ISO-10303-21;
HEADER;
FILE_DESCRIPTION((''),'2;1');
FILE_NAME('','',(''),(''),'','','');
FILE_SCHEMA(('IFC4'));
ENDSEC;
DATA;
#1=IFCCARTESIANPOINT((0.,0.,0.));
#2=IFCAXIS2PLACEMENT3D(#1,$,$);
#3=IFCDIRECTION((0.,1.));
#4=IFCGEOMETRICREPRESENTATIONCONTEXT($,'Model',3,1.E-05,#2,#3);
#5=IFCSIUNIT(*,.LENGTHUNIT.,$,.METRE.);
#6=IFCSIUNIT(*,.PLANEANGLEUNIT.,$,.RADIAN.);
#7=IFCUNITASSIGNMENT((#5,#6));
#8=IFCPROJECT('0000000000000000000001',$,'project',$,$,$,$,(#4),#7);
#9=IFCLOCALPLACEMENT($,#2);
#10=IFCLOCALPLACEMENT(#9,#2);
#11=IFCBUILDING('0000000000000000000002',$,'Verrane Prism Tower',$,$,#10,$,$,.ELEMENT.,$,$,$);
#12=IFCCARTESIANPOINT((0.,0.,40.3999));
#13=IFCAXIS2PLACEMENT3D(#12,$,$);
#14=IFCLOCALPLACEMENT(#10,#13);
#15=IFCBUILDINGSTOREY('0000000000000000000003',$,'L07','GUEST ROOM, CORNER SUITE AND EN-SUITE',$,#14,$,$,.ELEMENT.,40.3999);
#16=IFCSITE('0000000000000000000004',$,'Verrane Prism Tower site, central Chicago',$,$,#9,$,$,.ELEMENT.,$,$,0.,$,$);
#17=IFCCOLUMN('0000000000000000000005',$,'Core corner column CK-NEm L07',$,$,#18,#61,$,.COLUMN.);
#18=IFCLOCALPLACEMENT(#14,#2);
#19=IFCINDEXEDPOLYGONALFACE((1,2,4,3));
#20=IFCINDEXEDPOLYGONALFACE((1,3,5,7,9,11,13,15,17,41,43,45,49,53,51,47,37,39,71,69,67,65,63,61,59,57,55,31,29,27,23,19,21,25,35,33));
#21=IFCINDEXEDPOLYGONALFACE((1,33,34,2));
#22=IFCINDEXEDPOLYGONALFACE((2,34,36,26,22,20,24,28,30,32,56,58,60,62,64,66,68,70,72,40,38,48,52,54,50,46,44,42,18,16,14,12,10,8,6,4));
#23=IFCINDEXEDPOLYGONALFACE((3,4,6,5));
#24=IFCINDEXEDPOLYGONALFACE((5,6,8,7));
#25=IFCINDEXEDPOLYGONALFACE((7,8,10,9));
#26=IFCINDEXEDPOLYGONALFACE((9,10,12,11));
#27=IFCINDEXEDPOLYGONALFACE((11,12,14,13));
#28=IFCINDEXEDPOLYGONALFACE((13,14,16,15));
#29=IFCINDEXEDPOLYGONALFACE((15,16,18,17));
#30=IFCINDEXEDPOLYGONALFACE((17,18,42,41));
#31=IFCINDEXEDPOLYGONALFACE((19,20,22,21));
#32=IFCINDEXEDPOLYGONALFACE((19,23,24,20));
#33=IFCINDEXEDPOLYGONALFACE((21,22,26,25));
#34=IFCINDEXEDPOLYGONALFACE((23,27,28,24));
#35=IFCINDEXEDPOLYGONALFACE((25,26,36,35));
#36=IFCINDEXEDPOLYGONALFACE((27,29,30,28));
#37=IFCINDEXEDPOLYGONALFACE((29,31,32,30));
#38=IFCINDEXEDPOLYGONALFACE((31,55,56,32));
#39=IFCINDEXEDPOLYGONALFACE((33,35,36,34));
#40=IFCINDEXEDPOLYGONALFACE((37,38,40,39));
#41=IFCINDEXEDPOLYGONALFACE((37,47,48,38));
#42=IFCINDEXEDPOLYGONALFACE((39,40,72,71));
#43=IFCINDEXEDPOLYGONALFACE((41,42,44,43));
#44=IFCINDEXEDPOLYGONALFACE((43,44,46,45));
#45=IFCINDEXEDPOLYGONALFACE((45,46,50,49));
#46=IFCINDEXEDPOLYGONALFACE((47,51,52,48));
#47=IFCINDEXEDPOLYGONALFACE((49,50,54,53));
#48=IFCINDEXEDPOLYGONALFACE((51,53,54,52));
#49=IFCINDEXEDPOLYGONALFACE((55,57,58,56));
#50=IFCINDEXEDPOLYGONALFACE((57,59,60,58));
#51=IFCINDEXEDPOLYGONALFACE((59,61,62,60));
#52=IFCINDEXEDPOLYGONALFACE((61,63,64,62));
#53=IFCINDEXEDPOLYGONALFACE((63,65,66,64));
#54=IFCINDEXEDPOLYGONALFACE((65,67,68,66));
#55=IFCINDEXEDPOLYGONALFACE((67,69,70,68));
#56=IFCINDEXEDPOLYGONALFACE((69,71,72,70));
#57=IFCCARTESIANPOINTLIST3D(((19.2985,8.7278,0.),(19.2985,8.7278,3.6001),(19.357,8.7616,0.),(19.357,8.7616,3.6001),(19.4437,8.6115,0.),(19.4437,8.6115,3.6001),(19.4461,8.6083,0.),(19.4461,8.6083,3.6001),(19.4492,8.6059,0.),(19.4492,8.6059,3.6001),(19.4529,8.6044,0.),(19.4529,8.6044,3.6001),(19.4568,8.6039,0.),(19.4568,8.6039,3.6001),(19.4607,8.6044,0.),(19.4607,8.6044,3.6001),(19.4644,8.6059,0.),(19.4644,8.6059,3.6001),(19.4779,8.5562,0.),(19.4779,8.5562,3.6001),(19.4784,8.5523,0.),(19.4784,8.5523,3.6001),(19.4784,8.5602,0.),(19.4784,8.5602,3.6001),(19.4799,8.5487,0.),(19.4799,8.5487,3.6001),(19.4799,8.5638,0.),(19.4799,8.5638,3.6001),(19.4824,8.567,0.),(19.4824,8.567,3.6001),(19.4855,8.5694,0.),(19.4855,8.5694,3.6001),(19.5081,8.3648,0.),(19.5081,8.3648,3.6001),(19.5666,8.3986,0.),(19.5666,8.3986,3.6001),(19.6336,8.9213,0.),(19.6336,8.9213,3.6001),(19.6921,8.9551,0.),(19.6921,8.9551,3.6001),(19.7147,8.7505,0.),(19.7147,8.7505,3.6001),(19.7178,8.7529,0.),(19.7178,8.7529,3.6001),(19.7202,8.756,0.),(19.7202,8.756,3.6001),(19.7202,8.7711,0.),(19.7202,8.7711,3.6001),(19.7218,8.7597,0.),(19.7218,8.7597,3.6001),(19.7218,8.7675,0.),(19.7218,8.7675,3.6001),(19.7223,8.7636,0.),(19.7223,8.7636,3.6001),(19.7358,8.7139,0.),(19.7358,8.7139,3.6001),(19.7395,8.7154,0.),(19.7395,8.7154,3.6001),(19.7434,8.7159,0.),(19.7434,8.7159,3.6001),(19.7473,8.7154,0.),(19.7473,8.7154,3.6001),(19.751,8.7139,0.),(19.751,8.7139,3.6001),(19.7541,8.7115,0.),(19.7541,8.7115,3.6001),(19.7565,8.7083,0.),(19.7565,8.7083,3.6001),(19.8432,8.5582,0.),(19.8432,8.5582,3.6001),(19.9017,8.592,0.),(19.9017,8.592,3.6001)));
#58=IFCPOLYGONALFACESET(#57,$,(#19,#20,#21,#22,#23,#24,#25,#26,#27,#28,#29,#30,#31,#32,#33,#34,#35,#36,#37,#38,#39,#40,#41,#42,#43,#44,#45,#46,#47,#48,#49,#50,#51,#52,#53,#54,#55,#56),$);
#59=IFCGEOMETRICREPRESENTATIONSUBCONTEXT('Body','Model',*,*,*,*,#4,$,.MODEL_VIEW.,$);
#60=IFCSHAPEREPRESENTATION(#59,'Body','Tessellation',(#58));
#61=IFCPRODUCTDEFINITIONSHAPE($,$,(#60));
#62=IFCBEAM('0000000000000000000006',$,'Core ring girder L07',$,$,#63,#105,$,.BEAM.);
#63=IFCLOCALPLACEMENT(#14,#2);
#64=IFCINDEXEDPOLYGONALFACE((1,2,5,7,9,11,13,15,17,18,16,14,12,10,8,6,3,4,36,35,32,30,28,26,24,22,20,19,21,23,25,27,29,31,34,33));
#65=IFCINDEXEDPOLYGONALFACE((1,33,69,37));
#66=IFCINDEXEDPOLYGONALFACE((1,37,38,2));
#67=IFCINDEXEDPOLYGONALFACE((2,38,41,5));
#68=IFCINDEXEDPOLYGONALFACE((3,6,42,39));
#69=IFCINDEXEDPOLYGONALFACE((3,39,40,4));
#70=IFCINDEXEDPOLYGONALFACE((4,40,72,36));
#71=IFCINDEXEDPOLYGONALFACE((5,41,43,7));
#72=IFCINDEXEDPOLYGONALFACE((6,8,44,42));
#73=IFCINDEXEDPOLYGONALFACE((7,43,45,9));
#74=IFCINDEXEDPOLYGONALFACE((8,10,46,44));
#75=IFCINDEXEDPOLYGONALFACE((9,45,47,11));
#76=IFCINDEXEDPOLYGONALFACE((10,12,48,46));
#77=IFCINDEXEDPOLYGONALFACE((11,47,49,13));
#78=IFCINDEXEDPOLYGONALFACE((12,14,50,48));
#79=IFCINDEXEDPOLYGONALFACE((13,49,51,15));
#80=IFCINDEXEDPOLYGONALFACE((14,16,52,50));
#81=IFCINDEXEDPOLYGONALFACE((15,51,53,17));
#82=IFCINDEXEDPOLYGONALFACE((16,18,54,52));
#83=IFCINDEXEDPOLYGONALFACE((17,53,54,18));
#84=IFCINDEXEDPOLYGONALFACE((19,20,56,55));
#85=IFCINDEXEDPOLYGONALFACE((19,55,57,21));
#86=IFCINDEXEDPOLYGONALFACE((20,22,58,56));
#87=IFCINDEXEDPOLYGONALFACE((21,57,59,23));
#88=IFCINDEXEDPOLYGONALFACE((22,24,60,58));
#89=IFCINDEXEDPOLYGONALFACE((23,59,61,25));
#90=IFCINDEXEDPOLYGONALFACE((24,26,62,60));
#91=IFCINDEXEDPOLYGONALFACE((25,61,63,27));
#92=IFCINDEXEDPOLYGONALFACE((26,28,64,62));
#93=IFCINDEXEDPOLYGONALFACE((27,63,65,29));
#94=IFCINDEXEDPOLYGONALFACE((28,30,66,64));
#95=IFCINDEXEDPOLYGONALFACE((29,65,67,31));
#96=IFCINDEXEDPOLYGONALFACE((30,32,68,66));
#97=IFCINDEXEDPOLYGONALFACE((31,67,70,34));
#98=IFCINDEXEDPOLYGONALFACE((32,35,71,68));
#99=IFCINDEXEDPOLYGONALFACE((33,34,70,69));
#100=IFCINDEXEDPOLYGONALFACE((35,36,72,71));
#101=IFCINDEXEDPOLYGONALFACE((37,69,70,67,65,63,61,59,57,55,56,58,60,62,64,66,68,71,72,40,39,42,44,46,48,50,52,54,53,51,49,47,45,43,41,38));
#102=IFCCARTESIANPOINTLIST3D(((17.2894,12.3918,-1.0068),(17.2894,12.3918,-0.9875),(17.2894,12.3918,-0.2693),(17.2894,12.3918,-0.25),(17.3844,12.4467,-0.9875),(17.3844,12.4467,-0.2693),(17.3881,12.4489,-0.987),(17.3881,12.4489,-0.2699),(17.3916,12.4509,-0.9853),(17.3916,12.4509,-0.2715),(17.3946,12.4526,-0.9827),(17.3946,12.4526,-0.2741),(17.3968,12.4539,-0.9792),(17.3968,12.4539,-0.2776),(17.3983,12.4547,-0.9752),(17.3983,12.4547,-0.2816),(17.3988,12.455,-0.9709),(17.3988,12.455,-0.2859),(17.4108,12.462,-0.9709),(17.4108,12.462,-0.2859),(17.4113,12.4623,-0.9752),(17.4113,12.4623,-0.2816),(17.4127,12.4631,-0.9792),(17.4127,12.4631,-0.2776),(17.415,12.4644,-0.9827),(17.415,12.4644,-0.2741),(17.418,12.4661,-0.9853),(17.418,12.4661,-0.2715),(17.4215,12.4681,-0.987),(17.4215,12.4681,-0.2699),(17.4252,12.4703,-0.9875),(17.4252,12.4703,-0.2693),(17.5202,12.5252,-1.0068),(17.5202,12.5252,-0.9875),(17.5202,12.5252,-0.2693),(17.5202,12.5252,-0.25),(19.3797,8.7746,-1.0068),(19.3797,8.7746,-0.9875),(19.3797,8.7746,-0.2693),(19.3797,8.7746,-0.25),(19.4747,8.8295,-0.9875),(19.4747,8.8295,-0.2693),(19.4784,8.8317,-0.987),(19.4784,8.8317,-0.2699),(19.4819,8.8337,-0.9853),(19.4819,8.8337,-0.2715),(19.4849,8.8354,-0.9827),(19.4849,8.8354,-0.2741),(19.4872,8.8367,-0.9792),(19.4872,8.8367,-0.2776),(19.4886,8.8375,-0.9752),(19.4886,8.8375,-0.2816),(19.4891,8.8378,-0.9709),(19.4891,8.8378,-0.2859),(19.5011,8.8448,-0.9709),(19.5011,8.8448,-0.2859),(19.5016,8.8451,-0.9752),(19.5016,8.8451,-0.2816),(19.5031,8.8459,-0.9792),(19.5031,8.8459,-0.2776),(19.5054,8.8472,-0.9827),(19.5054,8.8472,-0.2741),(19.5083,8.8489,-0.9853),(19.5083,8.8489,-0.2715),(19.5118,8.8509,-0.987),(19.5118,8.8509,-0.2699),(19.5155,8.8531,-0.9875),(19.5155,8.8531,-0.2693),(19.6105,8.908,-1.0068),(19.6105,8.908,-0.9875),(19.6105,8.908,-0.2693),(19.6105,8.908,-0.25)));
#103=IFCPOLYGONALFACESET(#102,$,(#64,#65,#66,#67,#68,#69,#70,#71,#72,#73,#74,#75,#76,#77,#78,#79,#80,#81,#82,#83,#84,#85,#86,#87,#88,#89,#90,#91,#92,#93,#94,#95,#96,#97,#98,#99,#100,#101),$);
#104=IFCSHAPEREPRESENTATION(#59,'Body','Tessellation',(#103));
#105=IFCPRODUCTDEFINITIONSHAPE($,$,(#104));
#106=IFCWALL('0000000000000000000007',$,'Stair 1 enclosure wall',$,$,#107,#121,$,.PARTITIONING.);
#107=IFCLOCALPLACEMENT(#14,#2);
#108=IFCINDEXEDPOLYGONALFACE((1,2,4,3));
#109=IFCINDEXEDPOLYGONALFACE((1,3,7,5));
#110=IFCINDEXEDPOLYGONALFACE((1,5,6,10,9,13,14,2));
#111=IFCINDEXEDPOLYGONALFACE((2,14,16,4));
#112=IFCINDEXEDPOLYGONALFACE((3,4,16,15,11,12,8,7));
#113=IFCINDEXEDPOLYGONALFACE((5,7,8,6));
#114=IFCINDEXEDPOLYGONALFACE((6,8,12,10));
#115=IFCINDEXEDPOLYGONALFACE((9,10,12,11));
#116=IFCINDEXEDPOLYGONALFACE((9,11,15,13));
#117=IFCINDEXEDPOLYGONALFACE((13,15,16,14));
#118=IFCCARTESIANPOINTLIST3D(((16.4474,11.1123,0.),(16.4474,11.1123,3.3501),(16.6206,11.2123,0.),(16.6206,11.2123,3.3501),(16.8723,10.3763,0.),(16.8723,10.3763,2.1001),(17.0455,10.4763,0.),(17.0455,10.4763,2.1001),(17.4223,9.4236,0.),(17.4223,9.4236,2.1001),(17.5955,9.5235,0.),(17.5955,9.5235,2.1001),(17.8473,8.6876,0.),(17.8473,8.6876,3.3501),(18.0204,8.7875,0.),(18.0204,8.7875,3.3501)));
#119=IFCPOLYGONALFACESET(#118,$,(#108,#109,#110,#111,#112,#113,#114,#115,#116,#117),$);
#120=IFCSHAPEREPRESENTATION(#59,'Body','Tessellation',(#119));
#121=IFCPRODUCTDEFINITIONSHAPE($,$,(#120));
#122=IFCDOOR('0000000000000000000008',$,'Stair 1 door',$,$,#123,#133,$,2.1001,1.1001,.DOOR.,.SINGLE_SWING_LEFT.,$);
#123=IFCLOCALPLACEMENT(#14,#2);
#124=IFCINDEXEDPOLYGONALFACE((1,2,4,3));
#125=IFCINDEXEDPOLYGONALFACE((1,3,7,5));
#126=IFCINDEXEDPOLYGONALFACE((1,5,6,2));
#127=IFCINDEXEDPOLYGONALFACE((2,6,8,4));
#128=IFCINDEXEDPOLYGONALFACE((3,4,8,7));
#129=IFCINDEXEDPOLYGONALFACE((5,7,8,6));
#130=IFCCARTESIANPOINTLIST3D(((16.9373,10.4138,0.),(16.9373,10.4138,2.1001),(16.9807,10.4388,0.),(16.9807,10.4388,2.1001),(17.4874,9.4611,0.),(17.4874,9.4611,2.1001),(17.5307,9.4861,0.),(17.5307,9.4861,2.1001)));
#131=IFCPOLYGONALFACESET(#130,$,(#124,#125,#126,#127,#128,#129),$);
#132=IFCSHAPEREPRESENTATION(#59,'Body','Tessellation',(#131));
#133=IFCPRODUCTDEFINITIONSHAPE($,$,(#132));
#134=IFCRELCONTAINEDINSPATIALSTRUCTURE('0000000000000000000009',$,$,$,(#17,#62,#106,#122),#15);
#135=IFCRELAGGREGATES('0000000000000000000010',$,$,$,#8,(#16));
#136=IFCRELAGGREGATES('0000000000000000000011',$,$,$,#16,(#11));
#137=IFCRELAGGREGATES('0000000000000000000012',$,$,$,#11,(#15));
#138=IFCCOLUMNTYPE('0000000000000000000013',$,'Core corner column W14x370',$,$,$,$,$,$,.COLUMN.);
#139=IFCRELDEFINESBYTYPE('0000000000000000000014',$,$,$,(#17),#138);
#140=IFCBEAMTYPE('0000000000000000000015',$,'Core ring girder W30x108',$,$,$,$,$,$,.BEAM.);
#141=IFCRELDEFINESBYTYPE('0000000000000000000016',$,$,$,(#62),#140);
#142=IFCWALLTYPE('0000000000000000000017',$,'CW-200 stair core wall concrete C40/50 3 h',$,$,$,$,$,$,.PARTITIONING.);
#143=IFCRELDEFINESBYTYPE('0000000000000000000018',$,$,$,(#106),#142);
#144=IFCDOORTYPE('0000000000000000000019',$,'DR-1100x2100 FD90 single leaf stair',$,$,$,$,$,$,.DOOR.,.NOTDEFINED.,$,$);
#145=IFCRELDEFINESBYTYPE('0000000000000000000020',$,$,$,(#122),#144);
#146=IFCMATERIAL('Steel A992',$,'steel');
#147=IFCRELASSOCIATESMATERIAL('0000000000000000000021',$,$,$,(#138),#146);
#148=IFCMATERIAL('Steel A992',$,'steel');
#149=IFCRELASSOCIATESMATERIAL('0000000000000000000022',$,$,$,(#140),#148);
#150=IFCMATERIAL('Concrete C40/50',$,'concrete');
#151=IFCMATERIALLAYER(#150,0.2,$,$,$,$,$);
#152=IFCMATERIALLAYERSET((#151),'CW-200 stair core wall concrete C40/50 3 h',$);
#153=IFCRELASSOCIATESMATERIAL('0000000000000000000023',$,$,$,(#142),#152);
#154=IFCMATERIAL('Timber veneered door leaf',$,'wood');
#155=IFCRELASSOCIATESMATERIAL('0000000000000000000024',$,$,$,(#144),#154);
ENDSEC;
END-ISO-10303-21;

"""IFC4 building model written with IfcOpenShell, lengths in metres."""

from ifc_helpers import new_model, si_unit, direction, frame, frame_2d, origin, origin_2d, place, context, subcontext, project, spatial, rectangle, i_section, extrude, material, layer, layer_set, material_profile, profile_set, type_object, element, fill, save


model = new_model("IFC4")

# Units and contexts
model_context = context("Model", 3, precision=1e-05, world=origin(), true_north=direction((0.0, 1.0)))
body_context = subcontext(model_context, "Body", "Model", "MODEL_VIEW")
ifc_project = project(units=[si_unit("LENGTHUNIT", "METRE"), si_unit("PLANEANGLEUNIT", "RADIAN")], contexts=[model_context])

# Site, building, storey
site_placement = place(None, origin())
site = spatial("IfcSite", under=ifc_project, at=site_placement, Name="Verrane Prism Tower site, central Chicago", CompositionType="ELEMENT", RefElevation=0.0)
building_placement = place(site_placement, origin())
building = spatial("IfcBuilding", under=site, at=building_placement, Name="Verrane Prism Tower", CompositionType="ELEMENT")
storey_placement = place(building_placement, frame((0.0, 0.0, 40.3999)))
storey = spatial("IfcBuildingStorey", under=building, at=storey_placement, Name="L07", Description="GUEST ROOM, CORNER SUITE AND EN-SUITE", CompositionType="ELEMENT", Elevation=40.3999)

# Column
ifc_material_1 = material(Name="Steel A992", Category="steel")
ifc_material_profile_1 = material_profile(ifc_material_1, i_section(OverallWidth=0.4192, OverallDepth=0.4546, WebThickness=0.0422, FlangeThickness=0.0676, FilletRadius=0.0151, at=origin_2d()), Name="W14x370")
ifc_profile_set_1 = profile_set([ifc_material_profile_1], Name="Steel A992")
column_type = type_object("IfcColumnType", Name="Core corner column W14x370", PredefinedType="COLUMN", material=ifc_profile_set_1)
column_placement = place(storey_placement, frame((19.6001, 8.6599, 0.0), z_axis=(0.0, 0.0, 1.0), x_axis=(0.5, -0.866025, 0.0)))
element("IfcColumn", 1, at=column_placement, inside=storey, type_object=column_type, Name="Core corner column CK-NEm L07", PredefinedType="COLUMN", context=body_context, shape_type="SweptSolid", body=[
    extrude(i_section(OverallWidth=0.4192, OverallDepth=0.4546, WebThickness=0.0422, FlangeThickness=0.0676, FilletRadius=0.0151, at=origin_2d()), origin(), (0.0, 0.0, 1.0), 3.6001),
])

# Beam
ifc_material_2 = material(Name="Steel A992", Category="steel")
ifc_material_profile_2 = material_profile(ifc_material_2, i_section(OverallWidth=0.2666, OverallDepth=0.7568, WebThickness=0.0139, FlangeThickness=0.0193, FilletRadius=0.0166, at=origin_2d()), Name="W30x108")
ifc_profile_set_2 = profile_set([ifc_material_profile_2], Name="Steel A992")
beam_type = type_object("IfcBeamType", Name="Core ring girder W30x108", PredefinedType="BEAM", material=ifc_profile_set_2)
beam_placement = place(storey_placement, frame((19.4951, 8.8413, -0.6284), z_axis=(-0.50035, 0.865823, 0.0), x_axis=(-0.865823, -0.50035, 0.0)))
element("IfcBeam", 2, at=beam_placement, inside=storey, type_object=beam_type, Name="Core ring girder L07", PredefinedType="BEAM", context=body_context, shape_type="SweptSolid", body=[
    extrude(i_section(OverallWidth=0.2666, OverallDepth=0.7568, WebThickness=0.0139, FlangeThickness=0.0193, FilletRadius=0.0166, at=origin_2d()), origin(), (0.0, 0.0, 1.0), 4.1777),
])

# Wall, opening, door
ifc_material_3 = material(Name="Concrete C40/50", Category="concrete")
ifc_layer_1 = layer(ifc_material_3, 0.2)
ifc_layer_set_1 = layer_set([ifc_layer_1], Name="CW-200 stair core wall concrete C40/50 3 h")
wall_type_1 = type_object("IfcWallType", Name="CW-200 stair core wall concrete C40/50 3 h", PredefinedType="PARTITIONING", material=ifc_layer_set_1)
wall_1_placement = place(storey_placement, frame((17.9338, 8.7375, 0.0), z_axis=(0.0, 0.0, 1.0), x_axis=(-0.499984, 0.866035, 0.0)))
wall_1 = element("IfcWall", 3, at=wall_1_placement, inside=storey, type_object=wall_type_1, Name="Stair 1 enclosure wall", PredefinedType="PARTITIONING", context=body_context, shape_type="SweptSolid", body=[
    extrude(rectangle(XDim=2.7998, YDim=0.2, at=frame_2d((1.3999, 0.0))), origin(), (0.0, 0.0, 1.0), 3.3501),
])
opening_1_placement = place(wall_1_placement, frame((0.8499, 0.0, 0.0)))
opening_1 = element("IfcOpeningElement", 4, at=opening_1_placement, cuts=wall_1, PredefinedType="OPENING", context=body_context, shape_type="SweptSolid", body=[
    extrude(rectangle(XDim=1.1001, YDim=2.1001, at=frame_2d((0.55, 1.05))), frame((0.0, 0.1099, 0.0), z_axis=(0.0, -1.0, 0.0), x_axis=(1.0, 0.0, 0.0)), (0.0, 0.0, 1.0), 0.22),
])
ifc_material_4 = material(Name="Timber veneered door leaf", Category="wood")
door_type_1 = type_object("IfcDoorType", Name="DR-1100x2100 FD90 single leaf stair", OperationType="NOTDEFINED", PredefinedType="DOOR", material=ifc_material_4)
door_1_placement = place(opening_1_placement, origin())
door_1 = element("IfcDoor", 5, at=door_1_placement, inside=storey, type_object=door_type_1, Name="Stair 1 door", OperationType="SINGLE_SWING_LEFT", OverallHeight=2.1001, OverallWidth=1.1001, PredefinedType="DOOR", context=body_context, shape_type="SweptSolid", body=[
    extrude(rectangle(XDim=1.1001, YDim=2.1001, at=frame_2d((0.55, 1.05))), frame((0.0, 0.0249, 0.0), z_axis=(0.0, -1.0, 0.0), x_axis=(1.0, 0.0, 0.0)), (0.0, 0.0, 1.0), 0.05),
])
fill(opening_1, door_1)

save(model, "model.ifc")
